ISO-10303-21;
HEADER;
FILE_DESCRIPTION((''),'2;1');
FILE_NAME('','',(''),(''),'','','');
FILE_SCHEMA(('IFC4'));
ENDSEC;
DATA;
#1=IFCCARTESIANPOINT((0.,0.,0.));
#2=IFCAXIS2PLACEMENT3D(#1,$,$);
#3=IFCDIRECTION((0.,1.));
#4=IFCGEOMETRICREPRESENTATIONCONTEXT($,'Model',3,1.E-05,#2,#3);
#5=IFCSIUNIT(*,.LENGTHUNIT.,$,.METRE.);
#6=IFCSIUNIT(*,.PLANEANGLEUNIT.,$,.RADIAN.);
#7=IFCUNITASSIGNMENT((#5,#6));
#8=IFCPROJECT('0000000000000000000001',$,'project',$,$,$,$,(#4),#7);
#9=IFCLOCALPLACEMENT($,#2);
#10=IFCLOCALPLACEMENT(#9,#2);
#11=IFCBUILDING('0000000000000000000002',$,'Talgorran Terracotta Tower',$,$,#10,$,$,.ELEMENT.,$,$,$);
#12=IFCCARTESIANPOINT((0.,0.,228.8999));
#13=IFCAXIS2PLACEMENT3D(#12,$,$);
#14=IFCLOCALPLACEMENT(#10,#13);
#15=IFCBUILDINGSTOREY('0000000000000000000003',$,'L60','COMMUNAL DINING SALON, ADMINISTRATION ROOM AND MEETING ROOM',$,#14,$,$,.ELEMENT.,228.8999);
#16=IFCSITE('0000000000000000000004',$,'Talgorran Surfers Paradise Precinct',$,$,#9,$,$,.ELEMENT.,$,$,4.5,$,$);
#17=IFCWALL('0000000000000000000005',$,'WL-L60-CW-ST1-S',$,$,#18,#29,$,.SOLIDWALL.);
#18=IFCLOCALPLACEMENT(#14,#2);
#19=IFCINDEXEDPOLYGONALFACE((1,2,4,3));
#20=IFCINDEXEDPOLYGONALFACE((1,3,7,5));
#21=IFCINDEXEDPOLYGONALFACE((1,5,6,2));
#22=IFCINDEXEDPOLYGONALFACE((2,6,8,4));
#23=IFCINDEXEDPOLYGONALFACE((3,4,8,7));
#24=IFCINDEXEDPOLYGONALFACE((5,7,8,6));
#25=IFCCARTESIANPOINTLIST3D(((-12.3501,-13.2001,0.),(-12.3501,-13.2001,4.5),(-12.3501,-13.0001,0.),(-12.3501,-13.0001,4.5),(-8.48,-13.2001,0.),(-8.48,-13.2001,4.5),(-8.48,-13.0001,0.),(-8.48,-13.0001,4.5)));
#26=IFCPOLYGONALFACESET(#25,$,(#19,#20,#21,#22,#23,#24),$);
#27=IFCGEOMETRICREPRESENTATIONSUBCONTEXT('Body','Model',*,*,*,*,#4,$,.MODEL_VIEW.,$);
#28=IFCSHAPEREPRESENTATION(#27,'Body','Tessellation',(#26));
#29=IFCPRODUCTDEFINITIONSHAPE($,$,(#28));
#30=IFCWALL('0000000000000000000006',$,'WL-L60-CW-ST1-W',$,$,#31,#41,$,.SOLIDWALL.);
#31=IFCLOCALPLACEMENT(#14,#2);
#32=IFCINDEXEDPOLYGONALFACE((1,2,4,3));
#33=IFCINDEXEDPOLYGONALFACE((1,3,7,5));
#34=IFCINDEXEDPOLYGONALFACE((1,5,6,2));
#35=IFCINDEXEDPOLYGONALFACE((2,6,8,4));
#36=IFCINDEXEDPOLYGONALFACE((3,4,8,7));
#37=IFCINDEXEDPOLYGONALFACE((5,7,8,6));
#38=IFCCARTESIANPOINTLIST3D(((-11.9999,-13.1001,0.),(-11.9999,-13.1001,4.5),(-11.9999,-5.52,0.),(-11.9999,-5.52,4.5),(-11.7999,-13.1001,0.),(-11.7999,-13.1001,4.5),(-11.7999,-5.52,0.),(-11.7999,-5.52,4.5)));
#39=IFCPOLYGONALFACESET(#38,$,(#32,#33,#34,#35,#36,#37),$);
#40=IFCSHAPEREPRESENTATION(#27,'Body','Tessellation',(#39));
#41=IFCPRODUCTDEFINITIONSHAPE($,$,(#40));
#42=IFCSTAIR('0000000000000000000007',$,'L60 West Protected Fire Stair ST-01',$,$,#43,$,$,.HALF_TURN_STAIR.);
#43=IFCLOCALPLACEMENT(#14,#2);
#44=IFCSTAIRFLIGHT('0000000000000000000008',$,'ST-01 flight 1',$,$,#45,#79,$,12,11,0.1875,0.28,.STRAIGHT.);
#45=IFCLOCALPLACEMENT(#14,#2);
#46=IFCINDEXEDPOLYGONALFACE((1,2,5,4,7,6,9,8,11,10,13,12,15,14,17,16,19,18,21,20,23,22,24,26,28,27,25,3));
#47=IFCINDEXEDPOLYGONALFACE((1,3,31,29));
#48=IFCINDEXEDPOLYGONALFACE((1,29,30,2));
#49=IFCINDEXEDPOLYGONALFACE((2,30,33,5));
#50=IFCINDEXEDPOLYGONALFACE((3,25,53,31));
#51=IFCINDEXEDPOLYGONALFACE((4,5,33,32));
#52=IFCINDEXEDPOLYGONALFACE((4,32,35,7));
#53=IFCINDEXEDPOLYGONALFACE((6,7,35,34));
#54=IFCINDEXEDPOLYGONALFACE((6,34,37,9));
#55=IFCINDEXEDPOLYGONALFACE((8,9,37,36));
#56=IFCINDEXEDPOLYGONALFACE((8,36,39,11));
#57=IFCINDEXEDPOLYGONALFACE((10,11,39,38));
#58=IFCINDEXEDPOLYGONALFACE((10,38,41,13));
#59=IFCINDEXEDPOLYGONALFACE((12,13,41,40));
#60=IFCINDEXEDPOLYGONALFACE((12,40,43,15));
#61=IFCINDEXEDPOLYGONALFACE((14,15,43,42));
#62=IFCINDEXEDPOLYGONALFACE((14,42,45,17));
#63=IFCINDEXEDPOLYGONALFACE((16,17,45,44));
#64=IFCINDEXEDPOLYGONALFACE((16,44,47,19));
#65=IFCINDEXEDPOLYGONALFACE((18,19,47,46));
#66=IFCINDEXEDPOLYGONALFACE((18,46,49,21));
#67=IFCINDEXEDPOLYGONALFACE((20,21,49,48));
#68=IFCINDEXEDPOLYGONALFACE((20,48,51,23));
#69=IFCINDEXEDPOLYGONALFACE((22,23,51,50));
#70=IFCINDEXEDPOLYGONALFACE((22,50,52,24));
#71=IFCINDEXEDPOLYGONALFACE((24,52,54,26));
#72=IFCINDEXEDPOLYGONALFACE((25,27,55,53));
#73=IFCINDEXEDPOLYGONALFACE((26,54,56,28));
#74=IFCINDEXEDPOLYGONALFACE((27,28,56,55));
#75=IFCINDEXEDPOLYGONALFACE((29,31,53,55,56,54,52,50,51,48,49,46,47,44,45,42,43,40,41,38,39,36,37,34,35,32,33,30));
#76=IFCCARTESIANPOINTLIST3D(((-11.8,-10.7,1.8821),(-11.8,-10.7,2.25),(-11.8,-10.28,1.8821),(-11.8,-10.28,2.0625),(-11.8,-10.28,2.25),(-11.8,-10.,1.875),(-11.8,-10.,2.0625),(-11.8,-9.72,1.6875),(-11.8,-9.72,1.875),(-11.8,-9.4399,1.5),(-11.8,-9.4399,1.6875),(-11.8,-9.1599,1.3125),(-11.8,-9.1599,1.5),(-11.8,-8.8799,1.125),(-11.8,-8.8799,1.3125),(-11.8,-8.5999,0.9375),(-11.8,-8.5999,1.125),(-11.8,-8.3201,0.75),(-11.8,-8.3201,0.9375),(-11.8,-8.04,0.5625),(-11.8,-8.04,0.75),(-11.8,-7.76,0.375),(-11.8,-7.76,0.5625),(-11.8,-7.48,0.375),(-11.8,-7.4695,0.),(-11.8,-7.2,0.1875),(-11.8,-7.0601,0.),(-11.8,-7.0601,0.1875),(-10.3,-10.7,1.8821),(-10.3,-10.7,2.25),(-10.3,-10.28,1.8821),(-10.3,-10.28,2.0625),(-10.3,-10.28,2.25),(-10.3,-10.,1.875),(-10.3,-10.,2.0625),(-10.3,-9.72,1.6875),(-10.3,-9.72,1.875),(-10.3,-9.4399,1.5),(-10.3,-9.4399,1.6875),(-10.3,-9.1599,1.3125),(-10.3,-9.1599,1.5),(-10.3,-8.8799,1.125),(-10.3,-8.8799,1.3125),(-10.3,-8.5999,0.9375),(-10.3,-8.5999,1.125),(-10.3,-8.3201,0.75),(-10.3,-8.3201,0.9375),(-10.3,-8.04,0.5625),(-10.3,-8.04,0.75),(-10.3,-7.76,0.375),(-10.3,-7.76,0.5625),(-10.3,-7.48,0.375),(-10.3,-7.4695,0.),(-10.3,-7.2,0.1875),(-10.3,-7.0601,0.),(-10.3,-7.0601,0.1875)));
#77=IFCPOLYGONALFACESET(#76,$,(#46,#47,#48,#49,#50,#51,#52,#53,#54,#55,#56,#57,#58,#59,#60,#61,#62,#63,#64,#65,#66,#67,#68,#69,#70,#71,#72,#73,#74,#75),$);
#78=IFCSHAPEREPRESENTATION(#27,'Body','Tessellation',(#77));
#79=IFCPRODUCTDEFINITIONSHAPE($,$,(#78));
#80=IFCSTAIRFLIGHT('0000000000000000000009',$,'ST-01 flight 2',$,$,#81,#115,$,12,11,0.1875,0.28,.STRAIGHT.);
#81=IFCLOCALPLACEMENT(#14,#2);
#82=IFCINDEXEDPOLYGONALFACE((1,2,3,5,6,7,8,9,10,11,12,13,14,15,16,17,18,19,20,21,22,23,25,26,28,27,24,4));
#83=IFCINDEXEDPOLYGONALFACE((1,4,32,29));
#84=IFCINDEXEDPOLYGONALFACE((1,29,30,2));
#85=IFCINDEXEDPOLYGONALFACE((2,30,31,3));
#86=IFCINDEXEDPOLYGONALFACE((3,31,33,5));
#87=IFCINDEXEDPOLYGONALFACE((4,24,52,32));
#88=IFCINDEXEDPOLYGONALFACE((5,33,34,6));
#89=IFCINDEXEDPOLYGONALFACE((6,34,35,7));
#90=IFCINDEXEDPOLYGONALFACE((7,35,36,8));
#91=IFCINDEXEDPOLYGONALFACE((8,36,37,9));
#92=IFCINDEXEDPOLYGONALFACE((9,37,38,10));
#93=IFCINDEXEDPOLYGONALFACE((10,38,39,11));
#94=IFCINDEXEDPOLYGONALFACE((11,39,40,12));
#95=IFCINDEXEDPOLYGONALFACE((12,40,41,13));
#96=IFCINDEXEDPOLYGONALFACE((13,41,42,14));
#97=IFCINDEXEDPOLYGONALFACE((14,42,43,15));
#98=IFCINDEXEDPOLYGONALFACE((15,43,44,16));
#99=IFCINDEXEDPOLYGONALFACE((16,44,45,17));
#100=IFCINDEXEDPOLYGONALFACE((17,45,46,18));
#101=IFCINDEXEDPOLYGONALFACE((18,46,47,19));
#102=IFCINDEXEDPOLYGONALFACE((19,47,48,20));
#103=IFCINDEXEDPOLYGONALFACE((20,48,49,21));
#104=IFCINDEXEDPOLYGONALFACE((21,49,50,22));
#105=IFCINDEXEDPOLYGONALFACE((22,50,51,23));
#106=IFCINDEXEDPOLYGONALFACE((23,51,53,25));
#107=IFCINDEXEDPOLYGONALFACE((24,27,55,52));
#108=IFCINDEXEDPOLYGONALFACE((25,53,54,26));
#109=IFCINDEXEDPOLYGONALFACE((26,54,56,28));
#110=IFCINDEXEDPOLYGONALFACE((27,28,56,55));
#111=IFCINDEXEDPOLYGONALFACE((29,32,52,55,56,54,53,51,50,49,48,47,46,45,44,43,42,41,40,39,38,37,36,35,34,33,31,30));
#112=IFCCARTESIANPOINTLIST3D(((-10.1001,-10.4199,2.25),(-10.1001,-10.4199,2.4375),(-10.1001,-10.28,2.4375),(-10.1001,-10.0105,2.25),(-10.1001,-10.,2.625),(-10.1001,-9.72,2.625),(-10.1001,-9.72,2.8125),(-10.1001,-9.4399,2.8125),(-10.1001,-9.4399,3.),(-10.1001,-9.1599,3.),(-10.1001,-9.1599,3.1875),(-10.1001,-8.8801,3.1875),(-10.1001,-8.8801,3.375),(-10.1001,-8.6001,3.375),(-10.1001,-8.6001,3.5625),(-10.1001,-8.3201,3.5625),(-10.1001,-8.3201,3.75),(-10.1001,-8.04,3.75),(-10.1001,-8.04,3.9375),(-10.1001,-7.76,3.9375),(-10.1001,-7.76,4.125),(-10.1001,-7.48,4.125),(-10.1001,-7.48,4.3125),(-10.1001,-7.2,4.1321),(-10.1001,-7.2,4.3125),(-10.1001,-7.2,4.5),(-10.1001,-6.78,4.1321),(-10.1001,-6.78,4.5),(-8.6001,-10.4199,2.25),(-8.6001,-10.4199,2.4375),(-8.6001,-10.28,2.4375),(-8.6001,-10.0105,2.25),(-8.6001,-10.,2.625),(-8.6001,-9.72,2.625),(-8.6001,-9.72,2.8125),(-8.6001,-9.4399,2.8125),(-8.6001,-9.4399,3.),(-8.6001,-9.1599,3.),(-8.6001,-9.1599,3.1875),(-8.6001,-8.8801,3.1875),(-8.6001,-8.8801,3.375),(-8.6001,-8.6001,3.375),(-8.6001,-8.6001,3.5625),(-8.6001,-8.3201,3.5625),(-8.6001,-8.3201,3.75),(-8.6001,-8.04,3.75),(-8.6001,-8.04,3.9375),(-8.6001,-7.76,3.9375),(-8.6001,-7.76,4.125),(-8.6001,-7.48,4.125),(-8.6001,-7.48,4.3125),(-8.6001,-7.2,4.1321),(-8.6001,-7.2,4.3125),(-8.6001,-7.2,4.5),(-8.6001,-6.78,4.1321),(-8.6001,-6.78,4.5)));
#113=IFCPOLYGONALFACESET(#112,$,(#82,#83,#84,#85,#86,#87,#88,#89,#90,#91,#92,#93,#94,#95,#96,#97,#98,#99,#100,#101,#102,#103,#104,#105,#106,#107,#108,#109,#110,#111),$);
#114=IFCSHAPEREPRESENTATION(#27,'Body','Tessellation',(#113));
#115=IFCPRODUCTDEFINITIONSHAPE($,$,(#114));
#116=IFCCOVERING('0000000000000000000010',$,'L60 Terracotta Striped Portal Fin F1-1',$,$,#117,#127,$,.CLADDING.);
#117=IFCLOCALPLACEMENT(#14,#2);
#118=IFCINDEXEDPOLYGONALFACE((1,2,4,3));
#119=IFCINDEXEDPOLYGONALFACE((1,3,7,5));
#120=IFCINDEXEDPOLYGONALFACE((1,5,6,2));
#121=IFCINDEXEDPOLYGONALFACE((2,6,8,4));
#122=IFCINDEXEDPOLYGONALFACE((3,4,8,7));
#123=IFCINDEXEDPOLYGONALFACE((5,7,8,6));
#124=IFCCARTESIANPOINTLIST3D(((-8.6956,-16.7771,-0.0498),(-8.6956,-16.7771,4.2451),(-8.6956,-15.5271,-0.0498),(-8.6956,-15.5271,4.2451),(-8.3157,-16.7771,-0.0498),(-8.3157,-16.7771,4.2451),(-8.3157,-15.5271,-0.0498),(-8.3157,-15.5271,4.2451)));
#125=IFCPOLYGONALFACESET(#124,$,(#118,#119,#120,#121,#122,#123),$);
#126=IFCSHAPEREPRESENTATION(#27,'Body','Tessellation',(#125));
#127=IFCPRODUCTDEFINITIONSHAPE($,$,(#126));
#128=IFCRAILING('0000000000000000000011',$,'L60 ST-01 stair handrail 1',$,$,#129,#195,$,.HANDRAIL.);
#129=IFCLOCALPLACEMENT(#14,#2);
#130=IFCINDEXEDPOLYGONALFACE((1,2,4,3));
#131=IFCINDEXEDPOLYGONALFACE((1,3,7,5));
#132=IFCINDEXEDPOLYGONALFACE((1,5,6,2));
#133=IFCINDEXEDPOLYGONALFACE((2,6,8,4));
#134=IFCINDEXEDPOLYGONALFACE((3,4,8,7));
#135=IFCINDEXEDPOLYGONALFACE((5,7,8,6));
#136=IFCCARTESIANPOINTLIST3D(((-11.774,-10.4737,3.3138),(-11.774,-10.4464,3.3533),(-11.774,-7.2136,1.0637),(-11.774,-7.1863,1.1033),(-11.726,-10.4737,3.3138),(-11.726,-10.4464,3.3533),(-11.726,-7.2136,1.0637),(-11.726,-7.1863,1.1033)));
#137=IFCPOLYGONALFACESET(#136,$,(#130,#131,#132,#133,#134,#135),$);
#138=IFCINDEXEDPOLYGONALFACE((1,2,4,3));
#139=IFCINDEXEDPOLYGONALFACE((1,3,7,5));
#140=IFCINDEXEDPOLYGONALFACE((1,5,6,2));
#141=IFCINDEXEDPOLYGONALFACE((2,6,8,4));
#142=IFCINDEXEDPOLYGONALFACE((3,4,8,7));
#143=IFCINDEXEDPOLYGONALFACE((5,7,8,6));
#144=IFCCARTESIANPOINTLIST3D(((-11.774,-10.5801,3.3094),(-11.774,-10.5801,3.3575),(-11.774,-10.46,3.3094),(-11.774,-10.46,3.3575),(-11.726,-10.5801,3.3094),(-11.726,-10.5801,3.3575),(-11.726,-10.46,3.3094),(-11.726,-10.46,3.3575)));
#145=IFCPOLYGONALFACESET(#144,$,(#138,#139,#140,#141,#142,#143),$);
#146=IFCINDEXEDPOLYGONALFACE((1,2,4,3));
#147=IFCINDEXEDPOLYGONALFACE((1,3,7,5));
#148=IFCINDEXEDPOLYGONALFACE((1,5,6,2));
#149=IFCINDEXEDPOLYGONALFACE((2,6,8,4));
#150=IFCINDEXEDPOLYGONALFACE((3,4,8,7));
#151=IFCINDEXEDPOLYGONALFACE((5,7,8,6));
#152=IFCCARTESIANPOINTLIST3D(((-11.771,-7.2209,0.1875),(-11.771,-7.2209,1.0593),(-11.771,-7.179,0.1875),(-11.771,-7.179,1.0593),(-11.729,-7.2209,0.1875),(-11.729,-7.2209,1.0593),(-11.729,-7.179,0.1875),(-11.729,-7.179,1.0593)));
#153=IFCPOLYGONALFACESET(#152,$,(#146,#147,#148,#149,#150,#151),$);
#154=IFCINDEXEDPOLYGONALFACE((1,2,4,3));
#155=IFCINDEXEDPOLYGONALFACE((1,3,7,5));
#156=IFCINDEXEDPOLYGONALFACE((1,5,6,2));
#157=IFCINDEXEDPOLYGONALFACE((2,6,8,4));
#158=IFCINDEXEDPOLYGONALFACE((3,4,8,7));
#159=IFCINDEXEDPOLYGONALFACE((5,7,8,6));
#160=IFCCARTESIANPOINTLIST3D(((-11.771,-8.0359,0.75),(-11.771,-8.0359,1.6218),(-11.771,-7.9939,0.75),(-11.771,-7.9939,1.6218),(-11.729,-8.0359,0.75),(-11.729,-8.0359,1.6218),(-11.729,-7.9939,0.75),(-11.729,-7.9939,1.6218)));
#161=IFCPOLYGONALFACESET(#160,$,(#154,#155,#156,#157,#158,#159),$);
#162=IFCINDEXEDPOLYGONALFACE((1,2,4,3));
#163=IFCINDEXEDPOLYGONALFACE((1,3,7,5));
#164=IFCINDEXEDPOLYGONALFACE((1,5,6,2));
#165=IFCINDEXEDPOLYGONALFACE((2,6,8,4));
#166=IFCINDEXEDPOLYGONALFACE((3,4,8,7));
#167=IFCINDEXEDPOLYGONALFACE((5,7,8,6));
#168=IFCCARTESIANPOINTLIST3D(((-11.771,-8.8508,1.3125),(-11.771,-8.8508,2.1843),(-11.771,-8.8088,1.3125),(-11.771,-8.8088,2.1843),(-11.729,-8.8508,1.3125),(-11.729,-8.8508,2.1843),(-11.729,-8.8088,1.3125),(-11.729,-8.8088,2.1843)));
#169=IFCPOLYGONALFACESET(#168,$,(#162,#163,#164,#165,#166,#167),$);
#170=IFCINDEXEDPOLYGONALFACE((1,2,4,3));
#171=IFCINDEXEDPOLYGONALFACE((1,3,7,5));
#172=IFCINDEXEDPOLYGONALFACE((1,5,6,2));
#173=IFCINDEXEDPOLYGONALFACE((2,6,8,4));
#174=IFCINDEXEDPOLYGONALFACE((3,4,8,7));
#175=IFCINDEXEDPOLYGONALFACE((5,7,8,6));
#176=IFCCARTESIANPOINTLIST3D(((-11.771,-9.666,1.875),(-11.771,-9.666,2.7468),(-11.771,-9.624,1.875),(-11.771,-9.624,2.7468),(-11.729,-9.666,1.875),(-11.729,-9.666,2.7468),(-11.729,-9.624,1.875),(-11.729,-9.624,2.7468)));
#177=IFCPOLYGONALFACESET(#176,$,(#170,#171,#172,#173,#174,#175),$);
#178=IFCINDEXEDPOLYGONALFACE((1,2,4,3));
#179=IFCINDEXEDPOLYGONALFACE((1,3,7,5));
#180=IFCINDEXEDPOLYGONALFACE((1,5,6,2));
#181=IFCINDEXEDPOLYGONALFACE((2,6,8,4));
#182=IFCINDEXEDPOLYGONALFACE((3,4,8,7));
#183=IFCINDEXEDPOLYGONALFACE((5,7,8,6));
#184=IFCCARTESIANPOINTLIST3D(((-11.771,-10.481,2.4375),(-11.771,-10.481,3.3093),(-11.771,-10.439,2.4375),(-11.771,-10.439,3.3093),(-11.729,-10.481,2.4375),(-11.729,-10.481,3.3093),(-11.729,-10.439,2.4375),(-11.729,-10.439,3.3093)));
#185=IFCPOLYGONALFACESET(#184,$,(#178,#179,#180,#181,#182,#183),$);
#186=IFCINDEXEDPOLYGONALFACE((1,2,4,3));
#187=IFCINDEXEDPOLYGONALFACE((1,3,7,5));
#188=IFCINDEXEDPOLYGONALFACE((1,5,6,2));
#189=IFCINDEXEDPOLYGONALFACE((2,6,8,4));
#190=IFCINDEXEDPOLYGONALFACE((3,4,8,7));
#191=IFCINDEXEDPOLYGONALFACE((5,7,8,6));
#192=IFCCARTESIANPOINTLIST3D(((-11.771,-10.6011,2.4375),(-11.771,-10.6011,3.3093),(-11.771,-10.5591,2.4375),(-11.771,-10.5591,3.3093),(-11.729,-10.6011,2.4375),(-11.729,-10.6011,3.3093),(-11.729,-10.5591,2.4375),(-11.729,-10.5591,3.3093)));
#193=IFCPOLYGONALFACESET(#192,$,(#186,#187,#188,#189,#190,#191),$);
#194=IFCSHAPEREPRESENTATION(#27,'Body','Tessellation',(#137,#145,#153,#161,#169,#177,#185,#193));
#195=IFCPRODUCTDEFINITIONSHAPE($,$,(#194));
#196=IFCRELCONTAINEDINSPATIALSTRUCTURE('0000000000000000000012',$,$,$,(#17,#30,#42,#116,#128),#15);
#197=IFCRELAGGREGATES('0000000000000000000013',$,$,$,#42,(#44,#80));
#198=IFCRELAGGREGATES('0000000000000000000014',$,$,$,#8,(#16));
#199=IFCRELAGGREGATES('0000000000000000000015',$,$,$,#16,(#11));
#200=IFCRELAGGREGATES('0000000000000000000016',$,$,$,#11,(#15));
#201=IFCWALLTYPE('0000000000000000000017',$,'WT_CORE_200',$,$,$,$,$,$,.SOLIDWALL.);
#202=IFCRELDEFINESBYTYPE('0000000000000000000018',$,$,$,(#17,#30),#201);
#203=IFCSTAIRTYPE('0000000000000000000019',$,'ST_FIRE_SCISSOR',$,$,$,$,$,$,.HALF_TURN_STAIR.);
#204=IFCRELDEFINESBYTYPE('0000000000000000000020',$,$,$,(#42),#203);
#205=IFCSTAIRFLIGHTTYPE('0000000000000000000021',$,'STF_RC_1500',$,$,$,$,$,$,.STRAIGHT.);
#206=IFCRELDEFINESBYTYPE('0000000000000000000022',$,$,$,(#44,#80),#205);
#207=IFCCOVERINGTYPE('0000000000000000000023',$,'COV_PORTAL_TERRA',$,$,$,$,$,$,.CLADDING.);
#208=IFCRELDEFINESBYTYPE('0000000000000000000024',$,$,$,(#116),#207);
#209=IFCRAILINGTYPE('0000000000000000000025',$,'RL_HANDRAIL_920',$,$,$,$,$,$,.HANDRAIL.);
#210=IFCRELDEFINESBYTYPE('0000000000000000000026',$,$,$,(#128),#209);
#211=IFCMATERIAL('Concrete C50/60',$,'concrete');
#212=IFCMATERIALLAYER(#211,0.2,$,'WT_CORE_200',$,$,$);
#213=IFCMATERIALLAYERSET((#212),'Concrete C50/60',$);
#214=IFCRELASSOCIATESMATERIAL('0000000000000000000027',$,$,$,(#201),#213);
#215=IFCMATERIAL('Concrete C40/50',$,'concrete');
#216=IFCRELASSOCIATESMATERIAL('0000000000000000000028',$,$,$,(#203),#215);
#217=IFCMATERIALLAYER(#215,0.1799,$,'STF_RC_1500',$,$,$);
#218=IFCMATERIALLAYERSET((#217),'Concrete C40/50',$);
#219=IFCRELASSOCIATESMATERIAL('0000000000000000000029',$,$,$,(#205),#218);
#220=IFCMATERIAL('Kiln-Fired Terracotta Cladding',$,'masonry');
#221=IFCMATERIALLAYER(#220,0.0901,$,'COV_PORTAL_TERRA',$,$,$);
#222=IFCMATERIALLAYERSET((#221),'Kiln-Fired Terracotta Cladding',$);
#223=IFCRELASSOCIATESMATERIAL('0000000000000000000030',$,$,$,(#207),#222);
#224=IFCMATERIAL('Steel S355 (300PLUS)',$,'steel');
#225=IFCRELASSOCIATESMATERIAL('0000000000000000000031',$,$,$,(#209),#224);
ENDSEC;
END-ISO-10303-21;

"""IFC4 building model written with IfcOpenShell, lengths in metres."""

from ifc_helpers import new_model, si_unit, direction, frame, frame_2d, origin, origin_2d, place, context, subcontext, project, spatial, polyline, rectangle, outline, extrude, material, layer, layer_set, type_object, element, aggregate, save


model = new_model("IFC4")

# Units and contexts
model_context = context("Model", 3, precision=1e-05, world=origin(), true_north=direction((0.0, 1.0)))
body_context = subcontext(model_context, "Body", "Model", "MODEL_VIEW")
ifc_project = project(units=[si_unit("LENGTHUNIT", "METRE"), si_unit("PLANEANGLEUNIT", "RADIAN")], contexts=[model_context])

# Site, building, storey
site_placement = place(None, origin())
site = spatial("IfcSite", under=ifc_project, at=site_placement, Name="Talgorran Surfers Paradise Precinct", CompositionType="ELEMENT", RefElevation=4.5)
building_placement = place(site_placement, origin())
building = spatial("IfcBuilding", under=site, at=building_placement, Name="Talgorran Terracotta Tower", CompositionType="ELEMENT")
storey_placement = place(building_placement, frame((0.0, 0.0, 228.8999)))
storey = spatial("IfcBuildingStorey", under=building, at=storey_placement, Name="L60", Description="COMMUNAL DINING SALON, ADMINISTRATION ROOM AND MEETING ROOM", CompositionType="ELEMENT", Elevation=228.8999)

# Shared definitions
ifc_material_1 = material(Name="Steel S355 (300PLUS)", Category="steel")

# Walls
ifc_material_2 = material(Name="Concrete C50/60", Category="concrete")
ifc_layer_1 = layer(ifc_material_2, 0.2, Name="WT_CORE_200")
ifc_layer_set_1 = layer_set([ifc_layer_1], Name="Concrete C50/60")
wall_type = type_object("IfcWallType", Name="WT_CORE_200", PredefinedType="SOLIDWALL", material=ifc_layer_set_1)
for number, where, z_axis, x_axis, name in (
    (1, (-12.3501, -13.1001, 0.0), (0.0, 0.0, 1.0), (1.0, 0.0, 0.0), "WL-L60-CW-ST1-S"),
):
    element("IfcWall", number, at=place(storey_placement, frame(where, z_axis=z_axis, x_axis=x_axis)), inside=storey, type_object=wall_type, Name=name, PredefinedType="SOLIDWALL", context=body_context, shape_type="SweptSolid", body=[
        extrude(rectangle(XDim=3.8701, YDim=0.2, at=frame_2d((1.9351, 0.0))), origin(), (0.0, 0.0, 1.0), 4.5),
    ])
wall_placement = place(storey_placement, frame((-11.8999, -13.1001, 0.0), z_axis=(0.0, 0.0, 1.0), x_axis=(0.0, 1.0, 0.0)))
element("IfcWall", 2, at=wall_placement, inside=storey, type_object=wall_type, Name="WL-L60-CW-ST1-W", PredefinedType="SOLIDWALL", context=body_context, shape_type="SweptSolid", body=[
    extrude(rectangle(XDim=7.5801, YDim=0.2, at=frame_2d((3.79, 0.0))), origin(), (0.0, 0.0, 1.0), 4.5),
])

# Stair, stair flights
ifc_material_3 = material(Name="Concrete C40/50", Category="concrete")
stair_type = type_object("IfcStairType", Name="ST_FIRE_SCISSOR", PredefinedType="HALF_TURN_STAIR", material=ifc_material_3)
stair_placement = place(storey_placement, origin())
stair = element("IfcStair", 3, at=stair_placement, inside=storey, type_object=stair_type, Name="L60 West Protected Fire Stair ST-01", PredefinedType="HALF_TURN_STAIR")
ifc_layer_2 = layer(ifc_material_3, 0.1799, Name="STF_RC_1500")
ifc_layer_set_2 = layer_set([ifc_layer_2], Name="Concrete C40/50")
stair_flight_type = type_object("IfcStairFlightType", Name="STF_RC_1500", PredefinedType="STRAIGHT", material=ifc_layer_set_2)
stair_flight_1_placement = place(storey_placement, frame((-11.05, -7.2, 0.0), z_axis=(0.0, 0.0, 1.0), x_axis=(0.0, -1.0, 0.0)))
stair_flight_1 = element("IfcStairFlight", 4, at=stair_flight_1_placement, type_object=stair_flight_type, Name="ST-01 flight 1", NumberOfRisers=12, NumberOfTreads=11, PredefinedType="STRAIGHT", RiserHeight=0.1875, TreadLength=0.28, context=body_context, shape_type="SweptSolid", body=[
    extrude(outline(polyline([(-0.1399, 0.0), (-0.1399, 0.1875), (0.0, 0.1875), (0.28, 0.375), (0.5601, 0.375), (0.5601, 0.5625), (0.8401, 0.5625), (0.8401, 0.75), (1.1201, 0.75), (1.1201, 0.9375), (1.3999, 0.9375), (1.3999, 1.125), (1.6799, 1.125), (1.6799, 1.3125), (1.96, 1.3125), (1.96, 1.5), (2.24, 1.5), (2.24, 1.6875), (2.52, 1.6875), (2.52, 1.875), (2.8, 1.875), (2.8, 2.0625), (3.0801, 2.0625), (3.0801, 2.25), (3.5, 2.25), (3.5, 1.8821), (3.0801, 1.8821), (0.2695, 0.0), (-0.1399, 0.0)])), frame((0.0, 0.75, 0.0), z_axis=(0.0, -1.0, 0.0), x_axis=(1.0, 0.0, 0.0)), (0.0, 0.0, 1.0), 1.5),
])
stair_flight_2_placement = place(storey_placement, frame((-9.3501, -10.28, 2.25), z_axis=(0.0, 0.0, 1.0), x_axis=(0.0, 1.0, 0.0)))
stair_flight_2 = element("IfcStairFlight", 5, at=stair_flight_2_placement, type_object=stair_flight_type, Name="ST-01 flight 2", NumberOfRisers=12, NumberOfTreads=11, PredefinedType="STRAIGHT", RiserHeight=0.1875, TreadLength=0.28, context=body_context, shape_type="SweptSolid", body=[
    extrude(outline(polyline([(-0.1399, 0.0), (-0.1399, 0.1875), (0.0, 0.1875), (0.28, 0.375), (0.5601, 0.375), (0.5601, 0.5625), (0.8401, 0.5625), (0.8401, 0.75), (1.1201, 0.75), (1.1201, 0.9375), (1.3999, 0.9375), (1.3999, 1.125), (1.6799, 1.125), (1.6799, 1.3125), (1.96, 1.3125), (1.96, 1.5), (2.24, 1.5), (2.24, 1.6875), (2.52, 1.6875), (2.52, 1.875), (2.8, 1.875), (2.8, 2.0625), (3.0801, 2.0625), (3.0801, 2.25), (3.5, 2.25), (3.5, 1.8821), (3.0801, 1.8821), (0.2695, 0.0), (-0.1399, 0.0)])), frame((0.0, 0.75, 0.0), z_axis=(0.0, -1.0, 0.0), x_axis=(1.0, 0.0, 0.0)), (0.0, 0.0, 1.0), 1.5),
])
aggregate(stair, [stair_flight_1, stair_flight_2])

# Covering
ifc_material_4 = material(Name="Kiln-Fired Terracotta Cladding", Category="masonry")
ifc_layer_3 = layer(ifc_material_4, 0.0901, Name="COV_PORTAL_TERRA")
ifc_layer_set_3 = layer_set([ifc_layer_3], Name="Kiln-Fired Terracotta Cladding")
covering_type = type_object("IfcCoveringType", Name="COV_PORTAL_TERRA", PredefinedType="CLADDING", material=ifc_layer_set_3)
covering_placement = place(storey_placement, frame((-8.5056, -16.1521, -0.0498), z_axis=(0.0, 0.0, 1.0), x_axis=(1.0, 0.0, 0.0)))
element("IfcCovering", 6, at=covering_placement, inside=storey, type_object=covering_type, Name="L60 Terracotta Striped Portal Fin F1-1", PredefinedType="CLADDING", context=body_context, shape_type="SweptSolid", body=[
    extrude(rectangle(XDim=0.3799, YDim=1.25, at=origin_2d()), origin(), (0.0, 0.0, 1.0), 4.2949),
])

# Railing
railing_type_1 = type_object("IfcRailingType", Name="RL_HANDRAIL_920", PredefinedType="HANDRAIL", material=ifc_material_1)
railing_1_placement = place(storey_placement, frame((-11.75, -7.2, 0.1875)))
element("IfcRailing", 7, at=railing_1_placement, inside=storey, type_object=railing_type_1, Name="L60 ST-01 stair handrail 1", PredefinedType="HANDRAIL", context=body_context, shape_type="SweptSolid", body=[
    extrude(rectangle(XDim=0.0481, YDim=0.0481, at=origin_2d()), frame((0.0, 0.0, 0.896), z_axis=(0.0, -0.82301, 0.568027), x_axis=(1.0, 0.0, 0.0)), (0.0, 0.0, 1.0), 3.9612),
    extrude(rectangle(XDim=0.0481, YDim=0.0481, at=origin_2d()), frame((0.0, -3.26, 3.146), z_axis=(0.0, -1.0, 0.0), x_axis=(1.0, 0.0, 0.0)), (0.0, 0.0, 1.0), 0.1201),
    extrude(rectangle(XDim=0.042, YDim=0.042, at=origin_2d()), origin(), (0.0, 0.0, 1.0), 0.8718),
    extrude(rectangle(XDim=0.042, YDim=0.042, at=origin_2d()), frame((0.0, -0.8149, 0.5625)), (0.0, 0.0, 1.0), 0.8718),
    extrude(rectangle(XDim=0.042, YDim=0.042, at=origin_2d()), frame((0.0, -1.6299, 1.125)), (0.0, 0.0, 1.0), 0.8718),
    extrude(rectangle(XDim=0.042, YDim=0.042, at=origin_2d()), frame((0.0, -2.4451, 1.6875)), (0.0, 0.0, 1.0), 0.8718),
    extrude(rectangle(XDim=0.042, YDim=0.042, at=origin_2d()), frame((0.0, -3.26, 2.25)), (0.0, 0.0, 1.0), 0.8718),
    extrude(rectangle(XDim=0.042, YDim=0.042, at=origin_2d()), frame((0.0, -3.3801, 2.25)), (0.0, 0.0, 1.0), 0.8718),
])

save(model, "model.ifc")
